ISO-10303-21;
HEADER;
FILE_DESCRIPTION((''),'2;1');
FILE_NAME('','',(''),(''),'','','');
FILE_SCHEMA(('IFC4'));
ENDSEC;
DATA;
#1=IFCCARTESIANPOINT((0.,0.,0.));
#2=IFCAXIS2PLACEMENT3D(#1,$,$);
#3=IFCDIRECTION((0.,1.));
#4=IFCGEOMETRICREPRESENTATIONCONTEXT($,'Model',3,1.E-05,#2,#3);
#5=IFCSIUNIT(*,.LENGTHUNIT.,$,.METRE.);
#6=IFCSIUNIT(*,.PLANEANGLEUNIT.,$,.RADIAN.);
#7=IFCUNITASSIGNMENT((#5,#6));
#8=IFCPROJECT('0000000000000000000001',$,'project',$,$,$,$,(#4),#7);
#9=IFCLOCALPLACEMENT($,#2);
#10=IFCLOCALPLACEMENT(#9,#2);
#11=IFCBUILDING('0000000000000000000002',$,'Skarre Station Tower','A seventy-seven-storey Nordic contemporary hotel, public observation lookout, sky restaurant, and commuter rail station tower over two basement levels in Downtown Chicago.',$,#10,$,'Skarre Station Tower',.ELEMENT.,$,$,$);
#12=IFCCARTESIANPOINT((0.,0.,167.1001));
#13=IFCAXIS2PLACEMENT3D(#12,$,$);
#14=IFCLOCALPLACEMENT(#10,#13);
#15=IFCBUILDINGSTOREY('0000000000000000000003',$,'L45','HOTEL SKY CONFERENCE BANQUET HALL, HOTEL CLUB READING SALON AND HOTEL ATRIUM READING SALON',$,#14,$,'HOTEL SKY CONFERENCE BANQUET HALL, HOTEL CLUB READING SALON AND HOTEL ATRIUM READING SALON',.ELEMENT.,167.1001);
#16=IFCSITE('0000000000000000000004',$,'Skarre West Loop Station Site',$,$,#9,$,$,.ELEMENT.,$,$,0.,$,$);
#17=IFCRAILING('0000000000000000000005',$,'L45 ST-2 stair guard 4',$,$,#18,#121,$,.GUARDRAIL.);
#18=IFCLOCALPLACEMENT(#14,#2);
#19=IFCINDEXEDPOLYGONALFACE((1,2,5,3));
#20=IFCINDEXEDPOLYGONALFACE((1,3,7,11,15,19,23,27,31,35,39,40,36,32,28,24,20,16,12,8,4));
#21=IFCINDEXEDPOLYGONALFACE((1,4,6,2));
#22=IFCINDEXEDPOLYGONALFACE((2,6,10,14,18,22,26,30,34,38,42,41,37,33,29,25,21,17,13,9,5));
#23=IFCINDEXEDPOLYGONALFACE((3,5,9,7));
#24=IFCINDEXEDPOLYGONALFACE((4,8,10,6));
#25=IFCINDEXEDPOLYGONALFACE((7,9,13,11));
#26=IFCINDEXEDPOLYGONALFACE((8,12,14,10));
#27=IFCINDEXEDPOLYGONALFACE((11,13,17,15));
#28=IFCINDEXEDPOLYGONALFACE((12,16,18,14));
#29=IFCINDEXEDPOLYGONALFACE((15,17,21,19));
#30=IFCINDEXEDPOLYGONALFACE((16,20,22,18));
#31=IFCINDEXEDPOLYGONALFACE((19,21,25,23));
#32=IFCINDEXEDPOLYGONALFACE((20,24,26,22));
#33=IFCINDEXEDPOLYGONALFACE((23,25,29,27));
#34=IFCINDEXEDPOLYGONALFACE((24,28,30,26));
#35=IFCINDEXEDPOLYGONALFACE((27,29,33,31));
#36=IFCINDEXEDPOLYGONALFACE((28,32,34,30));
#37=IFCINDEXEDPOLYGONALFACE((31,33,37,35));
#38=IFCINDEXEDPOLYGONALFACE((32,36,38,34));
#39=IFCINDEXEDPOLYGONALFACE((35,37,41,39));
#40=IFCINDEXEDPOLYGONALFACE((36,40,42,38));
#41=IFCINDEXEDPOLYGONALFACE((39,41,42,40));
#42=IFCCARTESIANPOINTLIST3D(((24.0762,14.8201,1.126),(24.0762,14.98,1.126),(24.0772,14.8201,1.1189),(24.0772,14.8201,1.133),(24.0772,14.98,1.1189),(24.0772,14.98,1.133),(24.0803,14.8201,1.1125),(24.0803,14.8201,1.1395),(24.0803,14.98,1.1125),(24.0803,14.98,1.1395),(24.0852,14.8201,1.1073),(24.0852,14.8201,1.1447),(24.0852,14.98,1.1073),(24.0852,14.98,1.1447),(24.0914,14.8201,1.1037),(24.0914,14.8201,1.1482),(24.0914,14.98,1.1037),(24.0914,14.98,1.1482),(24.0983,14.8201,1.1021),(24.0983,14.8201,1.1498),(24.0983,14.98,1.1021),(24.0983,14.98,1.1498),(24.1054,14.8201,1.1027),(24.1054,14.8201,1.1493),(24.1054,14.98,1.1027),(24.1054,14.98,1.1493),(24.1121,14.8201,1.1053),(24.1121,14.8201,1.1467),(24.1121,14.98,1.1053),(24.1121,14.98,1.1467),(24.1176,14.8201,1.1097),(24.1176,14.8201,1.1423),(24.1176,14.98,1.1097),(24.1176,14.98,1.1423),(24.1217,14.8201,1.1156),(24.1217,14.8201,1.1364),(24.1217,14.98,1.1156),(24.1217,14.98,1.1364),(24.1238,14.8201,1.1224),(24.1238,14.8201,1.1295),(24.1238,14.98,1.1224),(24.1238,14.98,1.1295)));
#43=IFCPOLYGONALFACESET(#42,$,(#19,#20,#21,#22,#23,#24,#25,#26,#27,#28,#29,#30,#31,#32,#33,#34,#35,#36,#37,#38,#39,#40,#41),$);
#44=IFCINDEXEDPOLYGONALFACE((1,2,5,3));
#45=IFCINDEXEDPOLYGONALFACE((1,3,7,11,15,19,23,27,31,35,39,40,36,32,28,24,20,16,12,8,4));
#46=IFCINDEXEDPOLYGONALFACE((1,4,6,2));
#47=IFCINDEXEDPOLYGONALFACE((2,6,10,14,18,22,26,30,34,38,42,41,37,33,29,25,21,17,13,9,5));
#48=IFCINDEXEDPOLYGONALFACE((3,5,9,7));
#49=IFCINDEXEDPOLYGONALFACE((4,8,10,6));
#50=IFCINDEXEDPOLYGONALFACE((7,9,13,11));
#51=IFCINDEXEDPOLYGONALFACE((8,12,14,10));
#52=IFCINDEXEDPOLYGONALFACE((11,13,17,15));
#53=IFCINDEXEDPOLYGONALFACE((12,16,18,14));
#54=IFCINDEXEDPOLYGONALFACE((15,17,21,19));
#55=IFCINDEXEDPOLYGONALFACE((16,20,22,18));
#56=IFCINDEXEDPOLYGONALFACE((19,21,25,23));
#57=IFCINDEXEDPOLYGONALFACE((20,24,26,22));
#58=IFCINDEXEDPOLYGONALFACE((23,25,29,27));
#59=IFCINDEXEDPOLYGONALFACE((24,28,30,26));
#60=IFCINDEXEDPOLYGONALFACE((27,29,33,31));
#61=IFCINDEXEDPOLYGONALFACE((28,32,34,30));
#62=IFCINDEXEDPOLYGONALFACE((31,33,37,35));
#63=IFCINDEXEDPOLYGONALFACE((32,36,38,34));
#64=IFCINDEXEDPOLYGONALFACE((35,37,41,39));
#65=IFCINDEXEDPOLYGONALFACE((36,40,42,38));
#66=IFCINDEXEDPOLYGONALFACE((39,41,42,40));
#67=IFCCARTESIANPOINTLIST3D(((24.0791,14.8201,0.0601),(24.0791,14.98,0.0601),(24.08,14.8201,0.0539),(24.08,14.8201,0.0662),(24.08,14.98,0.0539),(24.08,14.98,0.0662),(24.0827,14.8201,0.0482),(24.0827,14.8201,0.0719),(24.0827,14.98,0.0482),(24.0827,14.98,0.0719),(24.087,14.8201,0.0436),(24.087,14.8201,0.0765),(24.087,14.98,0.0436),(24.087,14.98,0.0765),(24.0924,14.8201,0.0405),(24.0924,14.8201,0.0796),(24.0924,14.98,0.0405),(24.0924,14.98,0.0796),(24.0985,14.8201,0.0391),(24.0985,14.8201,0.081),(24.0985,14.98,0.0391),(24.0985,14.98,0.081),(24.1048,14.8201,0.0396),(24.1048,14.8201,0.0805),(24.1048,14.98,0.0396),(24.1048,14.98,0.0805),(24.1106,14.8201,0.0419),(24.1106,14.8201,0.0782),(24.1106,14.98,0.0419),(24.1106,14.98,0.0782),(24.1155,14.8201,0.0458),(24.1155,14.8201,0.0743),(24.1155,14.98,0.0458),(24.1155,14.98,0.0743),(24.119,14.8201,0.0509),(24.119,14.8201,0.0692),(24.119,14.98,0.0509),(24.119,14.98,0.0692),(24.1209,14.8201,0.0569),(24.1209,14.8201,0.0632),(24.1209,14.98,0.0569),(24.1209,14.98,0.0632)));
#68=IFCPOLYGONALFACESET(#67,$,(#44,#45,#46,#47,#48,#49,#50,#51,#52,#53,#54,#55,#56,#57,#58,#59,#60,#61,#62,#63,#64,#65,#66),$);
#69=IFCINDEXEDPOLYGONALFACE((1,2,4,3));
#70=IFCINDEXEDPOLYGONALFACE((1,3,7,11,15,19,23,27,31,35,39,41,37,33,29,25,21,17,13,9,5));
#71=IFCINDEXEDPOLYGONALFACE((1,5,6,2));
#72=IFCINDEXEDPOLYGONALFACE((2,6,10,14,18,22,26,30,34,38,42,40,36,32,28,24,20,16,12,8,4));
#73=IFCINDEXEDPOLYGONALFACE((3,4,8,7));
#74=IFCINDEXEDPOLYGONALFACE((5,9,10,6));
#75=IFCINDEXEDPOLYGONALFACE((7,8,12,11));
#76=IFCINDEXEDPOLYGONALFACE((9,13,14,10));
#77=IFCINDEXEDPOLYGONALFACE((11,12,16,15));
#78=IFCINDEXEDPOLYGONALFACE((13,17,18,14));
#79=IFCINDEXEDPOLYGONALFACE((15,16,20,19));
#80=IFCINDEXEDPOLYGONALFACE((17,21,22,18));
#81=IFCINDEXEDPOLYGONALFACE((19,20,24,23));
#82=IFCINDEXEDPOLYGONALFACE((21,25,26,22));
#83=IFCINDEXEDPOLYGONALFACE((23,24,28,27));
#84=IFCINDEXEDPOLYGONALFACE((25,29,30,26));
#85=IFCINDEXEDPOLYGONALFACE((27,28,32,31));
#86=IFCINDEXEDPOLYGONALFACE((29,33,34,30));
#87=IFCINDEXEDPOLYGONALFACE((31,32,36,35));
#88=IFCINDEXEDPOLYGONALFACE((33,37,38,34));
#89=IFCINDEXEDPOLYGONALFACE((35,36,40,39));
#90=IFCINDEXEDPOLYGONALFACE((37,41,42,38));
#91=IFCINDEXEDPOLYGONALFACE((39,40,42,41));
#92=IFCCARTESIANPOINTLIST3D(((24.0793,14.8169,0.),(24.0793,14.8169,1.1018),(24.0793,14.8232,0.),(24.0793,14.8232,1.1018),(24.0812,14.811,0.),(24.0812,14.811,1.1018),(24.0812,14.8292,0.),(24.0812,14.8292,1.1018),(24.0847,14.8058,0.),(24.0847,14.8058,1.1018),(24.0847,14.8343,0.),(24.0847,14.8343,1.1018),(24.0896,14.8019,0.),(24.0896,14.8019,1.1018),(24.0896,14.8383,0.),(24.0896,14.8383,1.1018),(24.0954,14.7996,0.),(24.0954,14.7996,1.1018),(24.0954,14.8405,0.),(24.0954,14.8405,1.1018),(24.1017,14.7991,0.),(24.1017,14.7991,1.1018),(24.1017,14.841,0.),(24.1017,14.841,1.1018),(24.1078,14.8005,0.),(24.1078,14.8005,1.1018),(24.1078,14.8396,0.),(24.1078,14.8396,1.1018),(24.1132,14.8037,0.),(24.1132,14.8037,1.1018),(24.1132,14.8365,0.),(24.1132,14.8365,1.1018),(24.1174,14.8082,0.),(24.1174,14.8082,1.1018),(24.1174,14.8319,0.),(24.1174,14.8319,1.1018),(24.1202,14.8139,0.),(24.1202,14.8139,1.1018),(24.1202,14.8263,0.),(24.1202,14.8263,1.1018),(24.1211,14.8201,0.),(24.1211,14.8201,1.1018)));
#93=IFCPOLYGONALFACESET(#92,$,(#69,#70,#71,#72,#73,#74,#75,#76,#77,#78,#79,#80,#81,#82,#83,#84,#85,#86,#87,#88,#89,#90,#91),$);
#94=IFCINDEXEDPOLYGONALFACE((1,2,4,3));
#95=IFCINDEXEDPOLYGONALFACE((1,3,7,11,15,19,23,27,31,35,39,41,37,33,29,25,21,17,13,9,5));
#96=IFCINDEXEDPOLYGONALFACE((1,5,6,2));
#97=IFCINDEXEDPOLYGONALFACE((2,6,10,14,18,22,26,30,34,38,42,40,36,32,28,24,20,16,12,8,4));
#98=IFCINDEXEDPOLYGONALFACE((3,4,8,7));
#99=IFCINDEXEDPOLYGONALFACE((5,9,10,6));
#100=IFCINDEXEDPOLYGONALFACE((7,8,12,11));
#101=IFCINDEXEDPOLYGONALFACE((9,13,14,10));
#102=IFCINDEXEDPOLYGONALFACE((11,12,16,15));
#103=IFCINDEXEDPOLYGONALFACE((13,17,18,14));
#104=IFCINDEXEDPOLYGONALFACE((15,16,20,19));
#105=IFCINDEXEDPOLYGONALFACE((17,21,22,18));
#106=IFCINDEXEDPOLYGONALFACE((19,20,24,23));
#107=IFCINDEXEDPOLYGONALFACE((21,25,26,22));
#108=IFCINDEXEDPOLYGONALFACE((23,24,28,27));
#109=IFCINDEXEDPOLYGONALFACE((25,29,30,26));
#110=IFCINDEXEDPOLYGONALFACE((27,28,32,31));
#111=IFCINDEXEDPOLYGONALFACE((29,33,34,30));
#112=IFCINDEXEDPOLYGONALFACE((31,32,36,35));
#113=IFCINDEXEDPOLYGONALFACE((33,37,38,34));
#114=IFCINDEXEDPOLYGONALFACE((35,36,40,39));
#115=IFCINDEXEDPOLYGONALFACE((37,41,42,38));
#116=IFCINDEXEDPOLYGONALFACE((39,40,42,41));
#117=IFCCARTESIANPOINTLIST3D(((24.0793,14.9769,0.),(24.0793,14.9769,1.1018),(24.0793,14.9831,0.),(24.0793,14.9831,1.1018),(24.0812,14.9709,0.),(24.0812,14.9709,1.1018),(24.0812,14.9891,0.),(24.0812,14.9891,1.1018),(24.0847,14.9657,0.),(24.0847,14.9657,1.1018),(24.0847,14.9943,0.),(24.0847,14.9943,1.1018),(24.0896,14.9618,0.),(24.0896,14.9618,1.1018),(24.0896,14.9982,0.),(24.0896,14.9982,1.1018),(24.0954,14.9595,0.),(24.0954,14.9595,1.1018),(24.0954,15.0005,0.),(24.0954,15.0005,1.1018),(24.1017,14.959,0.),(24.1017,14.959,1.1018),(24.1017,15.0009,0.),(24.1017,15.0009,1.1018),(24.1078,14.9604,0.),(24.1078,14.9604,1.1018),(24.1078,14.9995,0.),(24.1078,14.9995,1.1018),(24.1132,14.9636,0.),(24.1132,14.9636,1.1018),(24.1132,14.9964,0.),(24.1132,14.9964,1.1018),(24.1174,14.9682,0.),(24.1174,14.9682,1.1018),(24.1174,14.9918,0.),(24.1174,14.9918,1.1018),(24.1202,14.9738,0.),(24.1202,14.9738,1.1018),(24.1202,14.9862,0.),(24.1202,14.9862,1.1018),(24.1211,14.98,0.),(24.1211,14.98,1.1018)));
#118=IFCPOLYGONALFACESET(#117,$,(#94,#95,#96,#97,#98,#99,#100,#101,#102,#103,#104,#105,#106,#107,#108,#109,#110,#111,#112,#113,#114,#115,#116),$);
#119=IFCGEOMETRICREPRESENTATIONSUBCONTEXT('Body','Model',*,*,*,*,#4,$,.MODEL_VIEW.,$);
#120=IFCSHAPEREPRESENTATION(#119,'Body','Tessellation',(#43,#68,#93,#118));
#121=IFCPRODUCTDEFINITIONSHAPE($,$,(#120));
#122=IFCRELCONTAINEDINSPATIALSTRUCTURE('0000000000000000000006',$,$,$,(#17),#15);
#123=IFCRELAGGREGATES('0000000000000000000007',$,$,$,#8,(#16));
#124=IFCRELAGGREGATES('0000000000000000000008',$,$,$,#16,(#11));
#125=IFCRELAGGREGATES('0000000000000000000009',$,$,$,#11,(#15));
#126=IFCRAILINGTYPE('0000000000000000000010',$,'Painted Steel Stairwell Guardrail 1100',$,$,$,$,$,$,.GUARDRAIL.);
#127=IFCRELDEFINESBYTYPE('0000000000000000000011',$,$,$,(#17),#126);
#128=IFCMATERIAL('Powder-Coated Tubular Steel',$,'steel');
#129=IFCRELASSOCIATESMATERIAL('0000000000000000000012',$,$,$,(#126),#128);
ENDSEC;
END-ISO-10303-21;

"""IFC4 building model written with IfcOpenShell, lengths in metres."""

from ifc_helpers import new_model, si_unit, direction, frame, origin, origin_2d, place, context, subcontext, project, spatial, circle, extrude, material, type_object, element, save


model = new_model("IFC4")

# Units and contexts
model_context = context("Model", 3, precision=1e-05, world=origin(), true_north=direction((0.0, 1.0)))
body_context = subcontext(model_context, "Body", "Model", "MODEL_VIEW")
ifc_project = project(units=[si_unit("LENGTHUNIT", "METRE"), si_unit("PLANEANGLEUNIT", "RADIAN")], contexts=[model_context])

# Site, building, storey
site_placement = place(None, origin())
site = spatial("IfcSite", under=ifc_project, at=site_placement, Name="Skarre West Loop Station Site", CompositionType="ELEMENT", RefElevation=0.0)
building_placement = place(site_placement, origin())
building = spatial("IfcBuilding", under=site, at=building_placement, Name="Skarre Station Tower", Description="A seventy-seven-storey Nordic contemporary hotel, public observation lookout, sky restaurant, and commuter rail station tower over two basement levels in Downtown Chicago.", LongName="Skarre Station Tower", CompositionType="ELEMENT")
storey_placement = place(building_placement, frame((0.0, 0.0, 167.1001)))
storey = spatial("IfcBuildingStorey", under=building, at=storey_placement, Name="L45", Description="HOTEL SKY CONFERENCE BANQUET HALL, HOTEL CLUB READING SALON AND HOTEL ATRIUM READING SALON", LongName="HOTEL SKY CONFERENCE BANQUET HALL, HOTEL CLUB READING SALON AND HOTEL ATRIUM READING SALON", CompositionType="ELEMENT", Elevation=167.1001)

# Railing
ifc_material_1 = material(Name="Powder-Coated Tubular Steel", Category="steel")
railing_type_1 = type_object("IfcRailingType", Name="Painted Steel Stairwell Guardrail 1100", PredefinedType="GUARDRAIL", material=ifc_material_1)
railing_1_placement = place(storey_placement, frame((24.1001, 14.8201, 0.0)))
element("IfcRailing", 1, at=railing_1_placement, inside=storey, type_object=railing_type_1, Name="L45 ST-2 stair guard 4", PredefinedType="GUARDRAIL", context=body_context, shape_type="SweptSolid", body=[
    extrude(circle(Radius=0.0239, at=origin_2d()), frame((0.0, 0.0, 1.126), z_axis=(0.0, 1.0, 0.0), x_axis=(-1.0, 0.0, 0.0)), (0.0, 0.0, 1.0), 0.1599),
    extrude(circle(Radius=0.021, at=origin_2d()), frame((0.0, 0.0, 0.0601), z_axis=(0.0, 1.0, 0.0), x_axis=(-1.0, 0.0, 0.0)), (0.0, 0.0, 1.0), 0.1599),
    extrude(circle(Radius=0.021, at=origin_2d()), origin(), (0.0, 0.0, 1.0), 1.1018),
    extrude(circle(Radius=0.021, at=origin_2d()), frame((0.0, 0.1599, 0.0)), (0.0, 0.0, 1.0), 1.1018),
])

save(model, "model.ifc")
